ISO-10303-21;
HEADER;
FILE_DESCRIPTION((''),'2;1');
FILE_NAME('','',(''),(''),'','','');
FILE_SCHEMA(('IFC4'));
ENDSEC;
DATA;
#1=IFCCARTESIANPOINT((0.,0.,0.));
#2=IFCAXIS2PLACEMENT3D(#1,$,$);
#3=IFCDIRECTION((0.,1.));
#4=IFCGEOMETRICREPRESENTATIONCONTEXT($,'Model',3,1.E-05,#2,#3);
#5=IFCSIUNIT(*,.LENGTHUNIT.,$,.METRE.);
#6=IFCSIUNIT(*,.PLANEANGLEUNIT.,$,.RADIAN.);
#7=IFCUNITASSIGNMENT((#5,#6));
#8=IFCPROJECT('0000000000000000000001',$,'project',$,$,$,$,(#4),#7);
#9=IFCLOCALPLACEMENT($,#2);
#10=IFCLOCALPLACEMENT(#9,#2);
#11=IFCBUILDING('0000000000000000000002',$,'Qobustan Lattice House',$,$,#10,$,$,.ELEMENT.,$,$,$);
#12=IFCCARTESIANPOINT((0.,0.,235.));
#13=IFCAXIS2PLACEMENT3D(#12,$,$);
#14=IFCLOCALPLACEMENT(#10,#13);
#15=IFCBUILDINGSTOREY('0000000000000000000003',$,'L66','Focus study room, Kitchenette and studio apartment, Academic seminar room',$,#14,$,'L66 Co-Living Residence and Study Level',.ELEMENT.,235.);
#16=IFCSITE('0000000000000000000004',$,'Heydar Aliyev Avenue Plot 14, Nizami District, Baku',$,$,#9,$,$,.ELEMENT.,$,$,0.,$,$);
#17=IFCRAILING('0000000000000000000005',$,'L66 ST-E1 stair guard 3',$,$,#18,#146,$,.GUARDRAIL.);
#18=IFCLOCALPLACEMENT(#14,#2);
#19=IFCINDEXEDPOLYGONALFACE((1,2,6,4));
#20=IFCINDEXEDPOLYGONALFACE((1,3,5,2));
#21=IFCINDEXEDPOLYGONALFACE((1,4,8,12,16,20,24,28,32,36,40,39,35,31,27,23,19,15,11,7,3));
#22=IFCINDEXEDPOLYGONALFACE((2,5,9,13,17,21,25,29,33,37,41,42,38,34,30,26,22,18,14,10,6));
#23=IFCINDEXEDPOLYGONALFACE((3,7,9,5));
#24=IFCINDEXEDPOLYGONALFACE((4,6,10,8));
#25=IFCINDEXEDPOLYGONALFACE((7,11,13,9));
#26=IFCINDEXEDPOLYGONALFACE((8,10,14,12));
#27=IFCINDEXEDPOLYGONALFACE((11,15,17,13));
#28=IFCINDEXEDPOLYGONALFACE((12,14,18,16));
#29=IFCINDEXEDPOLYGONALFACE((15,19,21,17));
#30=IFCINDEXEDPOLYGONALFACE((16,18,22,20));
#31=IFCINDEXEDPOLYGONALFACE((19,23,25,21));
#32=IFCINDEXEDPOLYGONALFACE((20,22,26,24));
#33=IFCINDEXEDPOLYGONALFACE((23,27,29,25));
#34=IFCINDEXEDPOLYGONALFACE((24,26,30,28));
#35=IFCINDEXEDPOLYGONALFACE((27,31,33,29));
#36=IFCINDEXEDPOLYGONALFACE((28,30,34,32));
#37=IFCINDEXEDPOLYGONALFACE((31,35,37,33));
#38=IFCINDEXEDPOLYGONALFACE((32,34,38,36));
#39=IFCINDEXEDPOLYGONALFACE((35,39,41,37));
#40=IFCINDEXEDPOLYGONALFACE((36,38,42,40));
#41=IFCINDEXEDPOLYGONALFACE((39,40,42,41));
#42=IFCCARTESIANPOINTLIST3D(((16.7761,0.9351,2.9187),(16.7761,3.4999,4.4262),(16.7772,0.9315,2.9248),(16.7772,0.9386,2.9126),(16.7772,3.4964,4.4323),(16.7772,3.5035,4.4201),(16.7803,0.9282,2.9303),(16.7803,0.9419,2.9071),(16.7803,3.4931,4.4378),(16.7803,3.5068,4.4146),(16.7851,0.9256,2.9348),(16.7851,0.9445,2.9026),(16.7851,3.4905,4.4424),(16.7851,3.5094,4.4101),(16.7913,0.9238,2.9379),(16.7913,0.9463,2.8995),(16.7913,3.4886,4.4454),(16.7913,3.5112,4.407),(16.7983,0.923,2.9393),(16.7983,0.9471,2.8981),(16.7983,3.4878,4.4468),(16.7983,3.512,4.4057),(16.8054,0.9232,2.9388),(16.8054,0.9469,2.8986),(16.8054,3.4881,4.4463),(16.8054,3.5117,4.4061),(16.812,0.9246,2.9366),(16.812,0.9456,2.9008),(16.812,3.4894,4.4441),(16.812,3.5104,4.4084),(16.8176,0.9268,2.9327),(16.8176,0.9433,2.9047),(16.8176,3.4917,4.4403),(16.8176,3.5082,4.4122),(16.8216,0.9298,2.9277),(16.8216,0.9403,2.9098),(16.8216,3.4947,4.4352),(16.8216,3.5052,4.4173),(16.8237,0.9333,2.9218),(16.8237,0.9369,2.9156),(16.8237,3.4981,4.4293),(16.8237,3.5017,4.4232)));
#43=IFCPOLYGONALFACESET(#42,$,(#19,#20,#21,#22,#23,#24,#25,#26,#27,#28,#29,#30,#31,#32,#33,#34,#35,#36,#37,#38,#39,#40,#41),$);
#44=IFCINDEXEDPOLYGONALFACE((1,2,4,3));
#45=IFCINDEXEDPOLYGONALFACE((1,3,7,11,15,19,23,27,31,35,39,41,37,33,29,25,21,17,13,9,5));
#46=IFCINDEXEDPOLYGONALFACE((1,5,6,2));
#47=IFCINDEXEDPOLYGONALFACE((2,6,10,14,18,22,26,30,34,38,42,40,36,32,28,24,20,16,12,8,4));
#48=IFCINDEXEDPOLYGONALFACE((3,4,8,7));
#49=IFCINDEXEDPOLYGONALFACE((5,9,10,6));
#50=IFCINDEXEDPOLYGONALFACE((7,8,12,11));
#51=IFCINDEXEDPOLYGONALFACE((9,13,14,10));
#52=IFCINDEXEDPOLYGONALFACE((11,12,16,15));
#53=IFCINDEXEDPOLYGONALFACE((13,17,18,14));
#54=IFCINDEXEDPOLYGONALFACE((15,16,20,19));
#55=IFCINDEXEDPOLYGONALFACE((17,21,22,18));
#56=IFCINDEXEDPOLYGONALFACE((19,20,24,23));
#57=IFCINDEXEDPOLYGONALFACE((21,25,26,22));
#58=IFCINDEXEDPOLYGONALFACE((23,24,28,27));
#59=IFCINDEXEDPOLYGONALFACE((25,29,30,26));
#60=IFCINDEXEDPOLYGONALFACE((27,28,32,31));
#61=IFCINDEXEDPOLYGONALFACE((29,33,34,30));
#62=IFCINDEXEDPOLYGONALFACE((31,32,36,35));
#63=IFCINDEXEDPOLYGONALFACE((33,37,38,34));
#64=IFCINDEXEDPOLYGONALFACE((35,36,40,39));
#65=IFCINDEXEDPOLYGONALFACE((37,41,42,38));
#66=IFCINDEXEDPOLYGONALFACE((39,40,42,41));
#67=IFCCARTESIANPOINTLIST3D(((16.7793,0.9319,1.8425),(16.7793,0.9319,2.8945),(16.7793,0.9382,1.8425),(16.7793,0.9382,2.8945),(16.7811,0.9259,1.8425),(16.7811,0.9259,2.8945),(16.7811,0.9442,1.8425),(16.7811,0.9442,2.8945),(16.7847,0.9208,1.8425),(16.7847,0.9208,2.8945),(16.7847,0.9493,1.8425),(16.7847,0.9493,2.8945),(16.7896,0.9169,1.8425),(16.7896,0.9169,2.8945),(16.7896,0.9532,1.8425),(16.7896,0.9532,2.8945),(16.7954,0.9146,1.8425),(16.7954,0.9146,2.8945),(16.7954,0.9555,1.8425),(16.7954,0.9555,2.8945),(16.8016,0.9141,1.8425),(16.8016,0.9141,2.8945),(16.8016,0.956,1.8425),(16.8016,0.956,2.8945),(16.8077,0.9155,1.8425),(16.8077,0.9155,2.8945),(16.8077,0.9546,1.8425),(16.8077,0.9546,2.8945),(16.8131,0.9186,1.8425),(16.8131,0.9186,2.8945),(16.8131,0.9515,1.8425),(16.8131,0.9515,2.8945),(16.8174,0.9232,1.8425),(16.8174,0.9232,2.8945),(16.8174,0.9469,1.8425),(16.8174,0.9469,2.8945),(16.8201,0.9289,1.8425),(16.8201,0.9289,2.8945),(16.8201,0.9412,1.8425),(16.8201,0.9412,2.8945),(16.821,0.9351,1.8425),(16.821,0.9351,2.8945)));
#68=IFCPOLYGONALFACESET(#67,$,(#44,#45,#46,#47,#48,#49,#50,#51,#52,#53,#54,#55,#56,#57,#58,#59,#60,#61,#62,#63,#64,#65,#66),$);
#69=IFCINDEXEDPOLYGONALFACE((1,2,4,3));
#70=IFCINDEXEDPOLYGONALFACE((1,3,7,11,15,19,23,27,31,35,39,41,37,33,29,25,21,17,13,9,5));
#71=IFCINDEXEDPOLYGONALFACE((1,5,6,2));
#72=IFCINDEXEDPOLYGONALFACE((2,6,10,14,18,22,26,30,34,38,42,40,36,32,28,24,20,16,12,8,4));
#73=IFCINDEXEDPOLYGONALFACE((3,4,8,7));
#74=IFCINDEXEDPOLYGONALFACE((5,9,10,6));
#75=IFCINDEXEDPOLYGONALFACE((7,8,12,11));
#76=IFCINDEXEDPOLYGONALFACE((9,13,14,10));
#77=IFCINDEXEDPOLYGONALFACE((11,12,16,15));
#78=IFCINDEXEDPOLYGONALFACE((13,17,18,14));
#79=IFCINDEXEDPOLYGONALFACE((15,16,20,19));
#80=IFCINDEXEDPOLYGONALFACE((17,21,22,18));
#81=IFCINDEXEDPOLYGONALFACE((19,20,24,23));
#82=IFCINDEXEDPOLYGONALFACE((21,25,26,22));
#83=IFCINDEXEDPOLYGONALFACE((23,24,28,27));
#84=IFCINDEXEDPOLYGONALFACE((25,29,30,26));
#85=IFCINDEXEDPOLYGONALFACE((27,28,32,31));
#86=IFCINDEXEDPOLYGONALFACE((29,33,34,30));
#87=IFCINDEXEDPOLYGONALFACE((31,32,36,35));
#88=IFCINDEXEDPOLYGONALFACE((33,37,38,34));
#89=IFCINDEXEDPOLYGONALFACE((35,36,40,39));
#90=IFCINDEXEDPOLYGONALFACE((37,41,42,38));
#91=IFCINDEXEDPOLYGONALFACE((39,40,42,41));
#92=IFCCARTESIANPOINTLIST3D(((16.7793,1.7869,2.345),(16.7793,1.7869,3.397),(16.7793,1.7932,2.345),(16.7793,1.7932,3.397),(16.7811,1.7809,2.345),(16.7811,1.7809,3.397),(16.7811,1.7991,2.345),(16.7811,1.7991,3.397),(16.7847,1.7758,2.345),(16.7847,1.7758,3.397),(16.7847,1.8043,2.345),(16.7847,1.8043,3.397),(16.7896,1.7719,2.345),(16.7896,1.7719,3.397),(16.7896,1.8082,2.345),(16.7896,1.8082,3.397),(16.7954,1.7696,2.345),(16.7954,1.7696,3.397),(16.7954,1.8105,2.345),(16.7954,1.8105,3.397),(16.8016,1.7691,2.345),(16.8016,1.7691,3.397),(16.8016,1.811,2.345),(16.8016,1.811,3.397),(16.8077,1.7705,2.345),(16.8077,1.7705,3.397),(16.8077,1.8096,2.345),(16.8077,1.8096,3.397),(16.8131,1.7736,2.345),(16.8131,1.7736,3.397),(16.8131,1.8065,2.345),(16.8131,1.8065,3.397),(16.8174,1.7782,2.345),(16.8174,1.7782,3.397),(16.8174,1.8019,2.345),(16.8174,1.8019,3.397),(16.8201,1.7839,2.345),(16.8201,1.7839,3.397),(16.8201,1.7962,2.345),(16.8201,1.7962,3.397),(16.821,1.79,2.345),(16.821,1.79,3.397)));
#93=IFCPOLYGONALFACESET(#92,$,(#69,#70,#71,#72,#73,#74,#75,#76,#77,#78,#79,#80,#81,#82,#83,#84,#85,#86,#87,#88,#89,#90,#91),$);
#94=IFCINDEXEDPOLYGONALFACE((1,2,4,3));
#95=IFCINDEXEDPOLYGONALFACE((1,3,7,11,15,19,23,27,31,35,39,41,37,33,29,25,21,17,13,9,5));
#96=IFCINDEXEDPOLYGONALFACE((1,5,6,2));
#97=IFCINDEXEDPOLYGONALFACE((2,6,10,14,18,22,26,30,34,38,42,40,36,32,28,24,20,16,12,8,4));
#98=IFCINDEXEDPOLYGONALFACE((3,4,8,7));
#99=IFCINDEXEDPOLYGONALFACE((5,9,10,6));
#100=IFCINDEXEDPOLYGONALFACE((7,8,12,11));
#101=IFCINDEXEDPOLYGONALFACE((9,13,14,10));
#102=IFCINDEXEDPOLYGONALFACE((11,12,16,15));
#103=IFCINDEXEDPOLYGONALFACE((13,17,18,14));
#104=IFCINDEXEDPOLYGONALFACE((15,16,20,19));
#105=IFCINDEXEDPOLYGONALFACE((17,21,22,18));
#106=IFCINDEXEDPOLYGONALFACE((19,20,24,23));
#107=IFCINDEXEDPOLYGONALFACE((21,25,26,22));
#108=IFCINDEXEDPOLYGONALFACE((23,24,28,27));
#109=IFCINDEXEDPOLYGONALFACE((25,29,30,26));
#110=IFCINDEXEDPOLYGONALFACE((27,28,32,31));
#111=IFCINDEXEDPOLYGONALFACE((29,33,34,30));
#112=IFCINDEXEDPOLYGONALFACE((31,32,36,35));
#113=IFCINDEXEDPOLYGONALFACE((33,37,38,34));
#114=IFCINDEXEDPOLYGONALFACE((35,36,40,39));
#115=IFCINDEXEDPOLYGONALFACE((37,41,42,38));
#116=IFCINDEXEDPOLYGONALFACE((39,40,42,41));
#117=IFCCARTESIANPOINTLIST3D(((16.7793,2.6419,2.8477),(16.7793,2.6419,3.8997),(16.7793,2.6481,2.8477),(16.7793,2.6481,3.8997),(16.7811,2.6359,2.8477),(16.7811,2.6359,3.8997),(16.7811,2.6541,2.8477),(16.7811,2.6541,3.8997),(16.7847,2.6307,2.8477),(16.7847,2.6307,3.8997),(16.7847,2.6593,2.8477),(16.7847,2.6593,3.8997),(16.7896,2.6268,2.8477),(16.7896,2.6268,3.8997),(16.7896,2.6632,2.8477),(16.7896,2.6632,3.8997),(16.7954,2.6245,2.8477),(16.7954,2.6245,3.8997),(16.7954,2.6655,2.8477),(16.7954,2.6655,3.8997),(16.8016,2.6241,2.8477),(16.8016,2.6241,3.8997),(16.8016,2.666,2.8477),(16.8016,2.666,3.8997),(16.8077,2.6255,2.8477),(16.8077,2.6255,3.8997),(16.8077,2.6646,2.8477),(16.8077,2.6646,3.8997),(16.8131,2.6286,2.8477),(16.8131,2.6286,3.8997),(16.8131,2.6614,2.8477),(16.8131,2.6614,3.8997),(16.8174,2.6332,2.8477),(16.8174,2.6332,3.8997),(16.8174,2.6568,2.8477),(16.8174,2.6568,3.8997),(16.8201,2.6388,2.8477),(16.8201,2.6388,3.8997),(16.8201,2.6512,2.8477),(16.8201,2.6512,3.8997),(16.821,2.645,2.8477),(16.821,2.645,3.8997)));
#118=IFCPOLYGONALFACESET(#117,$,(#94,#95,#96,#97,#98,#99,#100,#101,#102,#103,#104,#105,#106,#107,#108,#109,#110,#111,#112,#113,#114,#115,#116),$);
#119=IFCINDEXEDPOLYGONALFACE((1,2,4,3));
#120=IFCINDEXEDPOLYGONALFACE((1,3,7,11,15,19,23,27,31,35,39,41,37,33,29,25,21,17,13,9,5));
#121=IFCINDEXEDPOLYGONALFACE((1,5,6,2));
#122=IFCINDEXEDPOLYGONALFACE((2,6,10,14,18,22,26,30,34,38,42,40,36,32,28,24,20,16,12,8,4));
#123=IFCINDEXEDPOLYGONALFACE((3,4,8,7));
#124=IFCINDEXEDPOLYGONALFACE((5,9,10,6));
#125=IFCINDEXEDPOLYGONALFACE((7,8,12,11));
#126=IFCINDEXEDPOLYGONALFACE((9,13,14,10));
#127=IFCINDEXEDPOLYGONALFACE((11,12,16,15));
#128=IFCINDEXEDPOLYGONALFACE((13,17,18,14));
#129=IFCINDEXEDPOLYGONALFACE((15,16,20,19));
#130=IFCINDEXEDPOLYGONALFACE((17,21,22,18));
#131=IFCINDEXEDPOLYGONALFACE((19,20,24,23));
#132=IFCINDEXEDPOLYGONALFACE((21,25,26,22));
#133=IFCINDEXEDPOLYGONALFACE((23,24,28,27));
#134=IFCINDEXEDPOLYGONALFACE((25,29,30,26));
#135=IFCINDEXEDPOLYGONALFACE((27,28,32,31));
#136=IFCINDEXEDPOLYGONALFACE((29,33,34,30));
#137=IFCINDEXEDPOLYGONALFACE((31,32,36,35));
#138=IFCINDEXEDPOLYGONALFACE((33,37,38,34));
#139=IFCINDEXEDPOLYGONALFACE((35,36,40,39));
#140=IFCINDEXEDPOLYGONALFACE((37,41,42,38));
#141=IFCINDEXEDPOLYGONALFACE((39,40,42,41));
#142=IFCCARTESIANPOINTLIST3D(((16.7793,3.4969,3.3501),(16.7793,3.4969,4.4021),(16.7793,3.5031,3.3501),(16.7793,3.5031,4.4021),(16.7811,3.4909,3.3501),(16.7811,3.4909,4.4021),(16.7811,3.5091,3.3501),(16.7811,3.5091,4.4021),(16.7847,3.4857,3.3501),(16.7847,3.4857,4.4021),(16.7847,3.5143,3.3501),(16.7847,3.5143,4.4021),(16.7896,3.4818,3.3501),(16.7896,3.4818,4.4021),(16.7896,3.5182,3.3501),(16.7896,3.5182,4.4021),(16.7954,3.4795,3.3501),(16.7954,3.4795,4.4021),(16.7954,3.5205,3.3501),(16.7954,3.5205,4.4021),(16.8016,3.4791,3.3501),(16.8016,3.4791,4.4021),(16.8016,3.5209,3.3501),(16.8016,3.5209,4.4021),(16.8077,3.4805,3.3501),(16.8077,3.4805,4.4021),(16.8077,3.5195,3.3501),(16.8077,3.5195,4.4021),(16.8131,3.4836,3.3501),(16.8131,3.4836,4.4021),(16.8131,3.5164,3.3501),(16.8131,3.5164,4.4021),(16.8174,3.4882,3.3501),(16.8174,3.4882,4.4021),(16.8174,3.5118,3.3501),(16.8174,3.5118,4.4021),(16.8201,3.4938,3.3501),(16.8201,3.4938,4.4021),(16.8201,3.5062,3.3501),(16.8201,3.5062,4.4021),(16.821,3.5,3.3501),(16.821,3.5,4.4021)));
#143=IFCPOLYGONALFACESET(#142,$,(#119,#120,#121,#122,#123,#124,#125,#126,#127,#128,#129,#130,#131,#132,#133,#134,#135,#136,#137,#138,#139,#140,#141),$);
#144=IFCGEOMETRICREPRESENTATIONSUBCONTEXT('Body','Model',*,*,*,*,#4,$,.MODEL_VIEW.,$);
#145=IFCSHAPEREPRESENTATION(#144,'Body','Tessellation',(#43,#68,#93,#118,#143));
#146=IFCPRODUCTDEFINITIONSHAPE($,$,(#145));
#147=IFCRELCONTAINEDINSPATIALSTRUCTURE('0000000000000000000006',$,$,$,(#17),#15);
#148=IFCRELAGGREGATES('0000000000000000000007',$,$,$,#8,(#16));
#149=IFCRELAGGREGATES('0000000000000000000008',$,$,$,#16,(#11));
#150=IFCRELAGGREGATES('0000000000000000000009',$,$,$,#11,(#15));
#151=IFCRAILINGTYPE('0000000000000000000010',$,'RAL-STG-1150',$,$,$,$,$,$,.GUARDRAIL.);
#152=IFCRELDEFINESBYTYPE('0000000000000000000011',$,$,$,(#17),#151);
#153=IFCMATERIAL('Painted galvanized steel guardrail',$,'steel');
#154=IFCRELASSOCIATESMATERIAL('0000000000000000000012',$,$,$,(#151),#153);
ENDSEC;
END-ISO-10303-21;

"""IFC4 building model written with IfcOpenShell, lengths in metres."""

from ifc_helpers import new_model, si_unit, direction, frame, origin, origin_2d, place, context, subcontext, project, spatial, circle, extrude, material, type_object, element, save


model = new_model("IFC4")

# Units and contexts
model_context = context("Model", 3, precision=1e-05, world=origin(), true_north=direction((0.0, 1.0)))
body_context = subcontext(model_context, "Body", "Model", "MODEL_VIEW")
ifc_project = project(units=[si_unit("LENGTHUNIT", "METRE"), si_unit("PLANEANGLEUNIT", "RADIAN")], contexts=[model_context])

# Site, building, storey
site_placement = place(None, origin())
site = spatial("IfcSite", under=ifc_project, at=site_placement, Name="Heydar Aliyev Avenue Plot 14, Nizami District, Baku", CompositionType="ELEMENT", RefElevation=0.0)
building_placement = place(site_placement, origin())
building = spatial("IfcBuilding", under=site, at=building_placement, Name="Qobustan Lattice House", CompositionType="ELEMENT")
storey_placement = place(building_placement, frame((0.0, 0.0, 235.0)))
storey = spatial("IfcBuildingStorey", under=building, at=storey_placement, Name="L66", Description="Focus study room, Kitchenette and studio apartment, Academic seminar room", LongName="L66 Co-Living Residence and Study Level", CompositionType="ELEMENT", Elevation=235.0)

# Railing
ifc_material_1 = material(Name="Painted galvanized steel guardrail", Category="steel")
railing_type_1 = type_object("IfcRailingType", Name="RAL-STG-1150", PredefinedType="GUARDRAIL", material=ifc_material_1)
railing_1_placement = place(storey_placement, frame((16.8, 0.9351, 1.8425)))
element("IfcRailing", 1, at=railing_1_placement, inside=storey, type_object=railing_type_1, Name="L66 ST-E1 stair guard 3", PredefinedType="GUARDRAIL", context=body_context, shape_type="SweptSolid", body=[
    extrude(circle(Radius=0.0239, at=origin_2d()), frame((0.0, 0.0, 1.0762), z_axis=(0.0, 0.862113, 0.506715), x_axis=(-1.0, 0.0, 0.0)), (0.0, 0.0, 1.0), 2.9751),
    extrude(circle(Radius=0.021, at=origin_2d()), origin(), (0.0, 0.0, 1.0), 1.052),
    extrude(circle(Radius=0.021, at=origin_2d()), frame((0.0, 0.855, 0.5024)), (0.0, 0.0, 1.0), 1.052),
    extrude(circle(Radius=0.021, at=origin_2d()), frame((0.0, 1.71, 1.0051)), (0.0, 0.0, 1.0), 1.052),
    extrude(circle(Radius=0.021, at=origin_2d()), frame((0.0, 2.5649, 1.5076)), (0.0, 0.0, 1.0), 1.052),
])

save(model, "model.ifc")
